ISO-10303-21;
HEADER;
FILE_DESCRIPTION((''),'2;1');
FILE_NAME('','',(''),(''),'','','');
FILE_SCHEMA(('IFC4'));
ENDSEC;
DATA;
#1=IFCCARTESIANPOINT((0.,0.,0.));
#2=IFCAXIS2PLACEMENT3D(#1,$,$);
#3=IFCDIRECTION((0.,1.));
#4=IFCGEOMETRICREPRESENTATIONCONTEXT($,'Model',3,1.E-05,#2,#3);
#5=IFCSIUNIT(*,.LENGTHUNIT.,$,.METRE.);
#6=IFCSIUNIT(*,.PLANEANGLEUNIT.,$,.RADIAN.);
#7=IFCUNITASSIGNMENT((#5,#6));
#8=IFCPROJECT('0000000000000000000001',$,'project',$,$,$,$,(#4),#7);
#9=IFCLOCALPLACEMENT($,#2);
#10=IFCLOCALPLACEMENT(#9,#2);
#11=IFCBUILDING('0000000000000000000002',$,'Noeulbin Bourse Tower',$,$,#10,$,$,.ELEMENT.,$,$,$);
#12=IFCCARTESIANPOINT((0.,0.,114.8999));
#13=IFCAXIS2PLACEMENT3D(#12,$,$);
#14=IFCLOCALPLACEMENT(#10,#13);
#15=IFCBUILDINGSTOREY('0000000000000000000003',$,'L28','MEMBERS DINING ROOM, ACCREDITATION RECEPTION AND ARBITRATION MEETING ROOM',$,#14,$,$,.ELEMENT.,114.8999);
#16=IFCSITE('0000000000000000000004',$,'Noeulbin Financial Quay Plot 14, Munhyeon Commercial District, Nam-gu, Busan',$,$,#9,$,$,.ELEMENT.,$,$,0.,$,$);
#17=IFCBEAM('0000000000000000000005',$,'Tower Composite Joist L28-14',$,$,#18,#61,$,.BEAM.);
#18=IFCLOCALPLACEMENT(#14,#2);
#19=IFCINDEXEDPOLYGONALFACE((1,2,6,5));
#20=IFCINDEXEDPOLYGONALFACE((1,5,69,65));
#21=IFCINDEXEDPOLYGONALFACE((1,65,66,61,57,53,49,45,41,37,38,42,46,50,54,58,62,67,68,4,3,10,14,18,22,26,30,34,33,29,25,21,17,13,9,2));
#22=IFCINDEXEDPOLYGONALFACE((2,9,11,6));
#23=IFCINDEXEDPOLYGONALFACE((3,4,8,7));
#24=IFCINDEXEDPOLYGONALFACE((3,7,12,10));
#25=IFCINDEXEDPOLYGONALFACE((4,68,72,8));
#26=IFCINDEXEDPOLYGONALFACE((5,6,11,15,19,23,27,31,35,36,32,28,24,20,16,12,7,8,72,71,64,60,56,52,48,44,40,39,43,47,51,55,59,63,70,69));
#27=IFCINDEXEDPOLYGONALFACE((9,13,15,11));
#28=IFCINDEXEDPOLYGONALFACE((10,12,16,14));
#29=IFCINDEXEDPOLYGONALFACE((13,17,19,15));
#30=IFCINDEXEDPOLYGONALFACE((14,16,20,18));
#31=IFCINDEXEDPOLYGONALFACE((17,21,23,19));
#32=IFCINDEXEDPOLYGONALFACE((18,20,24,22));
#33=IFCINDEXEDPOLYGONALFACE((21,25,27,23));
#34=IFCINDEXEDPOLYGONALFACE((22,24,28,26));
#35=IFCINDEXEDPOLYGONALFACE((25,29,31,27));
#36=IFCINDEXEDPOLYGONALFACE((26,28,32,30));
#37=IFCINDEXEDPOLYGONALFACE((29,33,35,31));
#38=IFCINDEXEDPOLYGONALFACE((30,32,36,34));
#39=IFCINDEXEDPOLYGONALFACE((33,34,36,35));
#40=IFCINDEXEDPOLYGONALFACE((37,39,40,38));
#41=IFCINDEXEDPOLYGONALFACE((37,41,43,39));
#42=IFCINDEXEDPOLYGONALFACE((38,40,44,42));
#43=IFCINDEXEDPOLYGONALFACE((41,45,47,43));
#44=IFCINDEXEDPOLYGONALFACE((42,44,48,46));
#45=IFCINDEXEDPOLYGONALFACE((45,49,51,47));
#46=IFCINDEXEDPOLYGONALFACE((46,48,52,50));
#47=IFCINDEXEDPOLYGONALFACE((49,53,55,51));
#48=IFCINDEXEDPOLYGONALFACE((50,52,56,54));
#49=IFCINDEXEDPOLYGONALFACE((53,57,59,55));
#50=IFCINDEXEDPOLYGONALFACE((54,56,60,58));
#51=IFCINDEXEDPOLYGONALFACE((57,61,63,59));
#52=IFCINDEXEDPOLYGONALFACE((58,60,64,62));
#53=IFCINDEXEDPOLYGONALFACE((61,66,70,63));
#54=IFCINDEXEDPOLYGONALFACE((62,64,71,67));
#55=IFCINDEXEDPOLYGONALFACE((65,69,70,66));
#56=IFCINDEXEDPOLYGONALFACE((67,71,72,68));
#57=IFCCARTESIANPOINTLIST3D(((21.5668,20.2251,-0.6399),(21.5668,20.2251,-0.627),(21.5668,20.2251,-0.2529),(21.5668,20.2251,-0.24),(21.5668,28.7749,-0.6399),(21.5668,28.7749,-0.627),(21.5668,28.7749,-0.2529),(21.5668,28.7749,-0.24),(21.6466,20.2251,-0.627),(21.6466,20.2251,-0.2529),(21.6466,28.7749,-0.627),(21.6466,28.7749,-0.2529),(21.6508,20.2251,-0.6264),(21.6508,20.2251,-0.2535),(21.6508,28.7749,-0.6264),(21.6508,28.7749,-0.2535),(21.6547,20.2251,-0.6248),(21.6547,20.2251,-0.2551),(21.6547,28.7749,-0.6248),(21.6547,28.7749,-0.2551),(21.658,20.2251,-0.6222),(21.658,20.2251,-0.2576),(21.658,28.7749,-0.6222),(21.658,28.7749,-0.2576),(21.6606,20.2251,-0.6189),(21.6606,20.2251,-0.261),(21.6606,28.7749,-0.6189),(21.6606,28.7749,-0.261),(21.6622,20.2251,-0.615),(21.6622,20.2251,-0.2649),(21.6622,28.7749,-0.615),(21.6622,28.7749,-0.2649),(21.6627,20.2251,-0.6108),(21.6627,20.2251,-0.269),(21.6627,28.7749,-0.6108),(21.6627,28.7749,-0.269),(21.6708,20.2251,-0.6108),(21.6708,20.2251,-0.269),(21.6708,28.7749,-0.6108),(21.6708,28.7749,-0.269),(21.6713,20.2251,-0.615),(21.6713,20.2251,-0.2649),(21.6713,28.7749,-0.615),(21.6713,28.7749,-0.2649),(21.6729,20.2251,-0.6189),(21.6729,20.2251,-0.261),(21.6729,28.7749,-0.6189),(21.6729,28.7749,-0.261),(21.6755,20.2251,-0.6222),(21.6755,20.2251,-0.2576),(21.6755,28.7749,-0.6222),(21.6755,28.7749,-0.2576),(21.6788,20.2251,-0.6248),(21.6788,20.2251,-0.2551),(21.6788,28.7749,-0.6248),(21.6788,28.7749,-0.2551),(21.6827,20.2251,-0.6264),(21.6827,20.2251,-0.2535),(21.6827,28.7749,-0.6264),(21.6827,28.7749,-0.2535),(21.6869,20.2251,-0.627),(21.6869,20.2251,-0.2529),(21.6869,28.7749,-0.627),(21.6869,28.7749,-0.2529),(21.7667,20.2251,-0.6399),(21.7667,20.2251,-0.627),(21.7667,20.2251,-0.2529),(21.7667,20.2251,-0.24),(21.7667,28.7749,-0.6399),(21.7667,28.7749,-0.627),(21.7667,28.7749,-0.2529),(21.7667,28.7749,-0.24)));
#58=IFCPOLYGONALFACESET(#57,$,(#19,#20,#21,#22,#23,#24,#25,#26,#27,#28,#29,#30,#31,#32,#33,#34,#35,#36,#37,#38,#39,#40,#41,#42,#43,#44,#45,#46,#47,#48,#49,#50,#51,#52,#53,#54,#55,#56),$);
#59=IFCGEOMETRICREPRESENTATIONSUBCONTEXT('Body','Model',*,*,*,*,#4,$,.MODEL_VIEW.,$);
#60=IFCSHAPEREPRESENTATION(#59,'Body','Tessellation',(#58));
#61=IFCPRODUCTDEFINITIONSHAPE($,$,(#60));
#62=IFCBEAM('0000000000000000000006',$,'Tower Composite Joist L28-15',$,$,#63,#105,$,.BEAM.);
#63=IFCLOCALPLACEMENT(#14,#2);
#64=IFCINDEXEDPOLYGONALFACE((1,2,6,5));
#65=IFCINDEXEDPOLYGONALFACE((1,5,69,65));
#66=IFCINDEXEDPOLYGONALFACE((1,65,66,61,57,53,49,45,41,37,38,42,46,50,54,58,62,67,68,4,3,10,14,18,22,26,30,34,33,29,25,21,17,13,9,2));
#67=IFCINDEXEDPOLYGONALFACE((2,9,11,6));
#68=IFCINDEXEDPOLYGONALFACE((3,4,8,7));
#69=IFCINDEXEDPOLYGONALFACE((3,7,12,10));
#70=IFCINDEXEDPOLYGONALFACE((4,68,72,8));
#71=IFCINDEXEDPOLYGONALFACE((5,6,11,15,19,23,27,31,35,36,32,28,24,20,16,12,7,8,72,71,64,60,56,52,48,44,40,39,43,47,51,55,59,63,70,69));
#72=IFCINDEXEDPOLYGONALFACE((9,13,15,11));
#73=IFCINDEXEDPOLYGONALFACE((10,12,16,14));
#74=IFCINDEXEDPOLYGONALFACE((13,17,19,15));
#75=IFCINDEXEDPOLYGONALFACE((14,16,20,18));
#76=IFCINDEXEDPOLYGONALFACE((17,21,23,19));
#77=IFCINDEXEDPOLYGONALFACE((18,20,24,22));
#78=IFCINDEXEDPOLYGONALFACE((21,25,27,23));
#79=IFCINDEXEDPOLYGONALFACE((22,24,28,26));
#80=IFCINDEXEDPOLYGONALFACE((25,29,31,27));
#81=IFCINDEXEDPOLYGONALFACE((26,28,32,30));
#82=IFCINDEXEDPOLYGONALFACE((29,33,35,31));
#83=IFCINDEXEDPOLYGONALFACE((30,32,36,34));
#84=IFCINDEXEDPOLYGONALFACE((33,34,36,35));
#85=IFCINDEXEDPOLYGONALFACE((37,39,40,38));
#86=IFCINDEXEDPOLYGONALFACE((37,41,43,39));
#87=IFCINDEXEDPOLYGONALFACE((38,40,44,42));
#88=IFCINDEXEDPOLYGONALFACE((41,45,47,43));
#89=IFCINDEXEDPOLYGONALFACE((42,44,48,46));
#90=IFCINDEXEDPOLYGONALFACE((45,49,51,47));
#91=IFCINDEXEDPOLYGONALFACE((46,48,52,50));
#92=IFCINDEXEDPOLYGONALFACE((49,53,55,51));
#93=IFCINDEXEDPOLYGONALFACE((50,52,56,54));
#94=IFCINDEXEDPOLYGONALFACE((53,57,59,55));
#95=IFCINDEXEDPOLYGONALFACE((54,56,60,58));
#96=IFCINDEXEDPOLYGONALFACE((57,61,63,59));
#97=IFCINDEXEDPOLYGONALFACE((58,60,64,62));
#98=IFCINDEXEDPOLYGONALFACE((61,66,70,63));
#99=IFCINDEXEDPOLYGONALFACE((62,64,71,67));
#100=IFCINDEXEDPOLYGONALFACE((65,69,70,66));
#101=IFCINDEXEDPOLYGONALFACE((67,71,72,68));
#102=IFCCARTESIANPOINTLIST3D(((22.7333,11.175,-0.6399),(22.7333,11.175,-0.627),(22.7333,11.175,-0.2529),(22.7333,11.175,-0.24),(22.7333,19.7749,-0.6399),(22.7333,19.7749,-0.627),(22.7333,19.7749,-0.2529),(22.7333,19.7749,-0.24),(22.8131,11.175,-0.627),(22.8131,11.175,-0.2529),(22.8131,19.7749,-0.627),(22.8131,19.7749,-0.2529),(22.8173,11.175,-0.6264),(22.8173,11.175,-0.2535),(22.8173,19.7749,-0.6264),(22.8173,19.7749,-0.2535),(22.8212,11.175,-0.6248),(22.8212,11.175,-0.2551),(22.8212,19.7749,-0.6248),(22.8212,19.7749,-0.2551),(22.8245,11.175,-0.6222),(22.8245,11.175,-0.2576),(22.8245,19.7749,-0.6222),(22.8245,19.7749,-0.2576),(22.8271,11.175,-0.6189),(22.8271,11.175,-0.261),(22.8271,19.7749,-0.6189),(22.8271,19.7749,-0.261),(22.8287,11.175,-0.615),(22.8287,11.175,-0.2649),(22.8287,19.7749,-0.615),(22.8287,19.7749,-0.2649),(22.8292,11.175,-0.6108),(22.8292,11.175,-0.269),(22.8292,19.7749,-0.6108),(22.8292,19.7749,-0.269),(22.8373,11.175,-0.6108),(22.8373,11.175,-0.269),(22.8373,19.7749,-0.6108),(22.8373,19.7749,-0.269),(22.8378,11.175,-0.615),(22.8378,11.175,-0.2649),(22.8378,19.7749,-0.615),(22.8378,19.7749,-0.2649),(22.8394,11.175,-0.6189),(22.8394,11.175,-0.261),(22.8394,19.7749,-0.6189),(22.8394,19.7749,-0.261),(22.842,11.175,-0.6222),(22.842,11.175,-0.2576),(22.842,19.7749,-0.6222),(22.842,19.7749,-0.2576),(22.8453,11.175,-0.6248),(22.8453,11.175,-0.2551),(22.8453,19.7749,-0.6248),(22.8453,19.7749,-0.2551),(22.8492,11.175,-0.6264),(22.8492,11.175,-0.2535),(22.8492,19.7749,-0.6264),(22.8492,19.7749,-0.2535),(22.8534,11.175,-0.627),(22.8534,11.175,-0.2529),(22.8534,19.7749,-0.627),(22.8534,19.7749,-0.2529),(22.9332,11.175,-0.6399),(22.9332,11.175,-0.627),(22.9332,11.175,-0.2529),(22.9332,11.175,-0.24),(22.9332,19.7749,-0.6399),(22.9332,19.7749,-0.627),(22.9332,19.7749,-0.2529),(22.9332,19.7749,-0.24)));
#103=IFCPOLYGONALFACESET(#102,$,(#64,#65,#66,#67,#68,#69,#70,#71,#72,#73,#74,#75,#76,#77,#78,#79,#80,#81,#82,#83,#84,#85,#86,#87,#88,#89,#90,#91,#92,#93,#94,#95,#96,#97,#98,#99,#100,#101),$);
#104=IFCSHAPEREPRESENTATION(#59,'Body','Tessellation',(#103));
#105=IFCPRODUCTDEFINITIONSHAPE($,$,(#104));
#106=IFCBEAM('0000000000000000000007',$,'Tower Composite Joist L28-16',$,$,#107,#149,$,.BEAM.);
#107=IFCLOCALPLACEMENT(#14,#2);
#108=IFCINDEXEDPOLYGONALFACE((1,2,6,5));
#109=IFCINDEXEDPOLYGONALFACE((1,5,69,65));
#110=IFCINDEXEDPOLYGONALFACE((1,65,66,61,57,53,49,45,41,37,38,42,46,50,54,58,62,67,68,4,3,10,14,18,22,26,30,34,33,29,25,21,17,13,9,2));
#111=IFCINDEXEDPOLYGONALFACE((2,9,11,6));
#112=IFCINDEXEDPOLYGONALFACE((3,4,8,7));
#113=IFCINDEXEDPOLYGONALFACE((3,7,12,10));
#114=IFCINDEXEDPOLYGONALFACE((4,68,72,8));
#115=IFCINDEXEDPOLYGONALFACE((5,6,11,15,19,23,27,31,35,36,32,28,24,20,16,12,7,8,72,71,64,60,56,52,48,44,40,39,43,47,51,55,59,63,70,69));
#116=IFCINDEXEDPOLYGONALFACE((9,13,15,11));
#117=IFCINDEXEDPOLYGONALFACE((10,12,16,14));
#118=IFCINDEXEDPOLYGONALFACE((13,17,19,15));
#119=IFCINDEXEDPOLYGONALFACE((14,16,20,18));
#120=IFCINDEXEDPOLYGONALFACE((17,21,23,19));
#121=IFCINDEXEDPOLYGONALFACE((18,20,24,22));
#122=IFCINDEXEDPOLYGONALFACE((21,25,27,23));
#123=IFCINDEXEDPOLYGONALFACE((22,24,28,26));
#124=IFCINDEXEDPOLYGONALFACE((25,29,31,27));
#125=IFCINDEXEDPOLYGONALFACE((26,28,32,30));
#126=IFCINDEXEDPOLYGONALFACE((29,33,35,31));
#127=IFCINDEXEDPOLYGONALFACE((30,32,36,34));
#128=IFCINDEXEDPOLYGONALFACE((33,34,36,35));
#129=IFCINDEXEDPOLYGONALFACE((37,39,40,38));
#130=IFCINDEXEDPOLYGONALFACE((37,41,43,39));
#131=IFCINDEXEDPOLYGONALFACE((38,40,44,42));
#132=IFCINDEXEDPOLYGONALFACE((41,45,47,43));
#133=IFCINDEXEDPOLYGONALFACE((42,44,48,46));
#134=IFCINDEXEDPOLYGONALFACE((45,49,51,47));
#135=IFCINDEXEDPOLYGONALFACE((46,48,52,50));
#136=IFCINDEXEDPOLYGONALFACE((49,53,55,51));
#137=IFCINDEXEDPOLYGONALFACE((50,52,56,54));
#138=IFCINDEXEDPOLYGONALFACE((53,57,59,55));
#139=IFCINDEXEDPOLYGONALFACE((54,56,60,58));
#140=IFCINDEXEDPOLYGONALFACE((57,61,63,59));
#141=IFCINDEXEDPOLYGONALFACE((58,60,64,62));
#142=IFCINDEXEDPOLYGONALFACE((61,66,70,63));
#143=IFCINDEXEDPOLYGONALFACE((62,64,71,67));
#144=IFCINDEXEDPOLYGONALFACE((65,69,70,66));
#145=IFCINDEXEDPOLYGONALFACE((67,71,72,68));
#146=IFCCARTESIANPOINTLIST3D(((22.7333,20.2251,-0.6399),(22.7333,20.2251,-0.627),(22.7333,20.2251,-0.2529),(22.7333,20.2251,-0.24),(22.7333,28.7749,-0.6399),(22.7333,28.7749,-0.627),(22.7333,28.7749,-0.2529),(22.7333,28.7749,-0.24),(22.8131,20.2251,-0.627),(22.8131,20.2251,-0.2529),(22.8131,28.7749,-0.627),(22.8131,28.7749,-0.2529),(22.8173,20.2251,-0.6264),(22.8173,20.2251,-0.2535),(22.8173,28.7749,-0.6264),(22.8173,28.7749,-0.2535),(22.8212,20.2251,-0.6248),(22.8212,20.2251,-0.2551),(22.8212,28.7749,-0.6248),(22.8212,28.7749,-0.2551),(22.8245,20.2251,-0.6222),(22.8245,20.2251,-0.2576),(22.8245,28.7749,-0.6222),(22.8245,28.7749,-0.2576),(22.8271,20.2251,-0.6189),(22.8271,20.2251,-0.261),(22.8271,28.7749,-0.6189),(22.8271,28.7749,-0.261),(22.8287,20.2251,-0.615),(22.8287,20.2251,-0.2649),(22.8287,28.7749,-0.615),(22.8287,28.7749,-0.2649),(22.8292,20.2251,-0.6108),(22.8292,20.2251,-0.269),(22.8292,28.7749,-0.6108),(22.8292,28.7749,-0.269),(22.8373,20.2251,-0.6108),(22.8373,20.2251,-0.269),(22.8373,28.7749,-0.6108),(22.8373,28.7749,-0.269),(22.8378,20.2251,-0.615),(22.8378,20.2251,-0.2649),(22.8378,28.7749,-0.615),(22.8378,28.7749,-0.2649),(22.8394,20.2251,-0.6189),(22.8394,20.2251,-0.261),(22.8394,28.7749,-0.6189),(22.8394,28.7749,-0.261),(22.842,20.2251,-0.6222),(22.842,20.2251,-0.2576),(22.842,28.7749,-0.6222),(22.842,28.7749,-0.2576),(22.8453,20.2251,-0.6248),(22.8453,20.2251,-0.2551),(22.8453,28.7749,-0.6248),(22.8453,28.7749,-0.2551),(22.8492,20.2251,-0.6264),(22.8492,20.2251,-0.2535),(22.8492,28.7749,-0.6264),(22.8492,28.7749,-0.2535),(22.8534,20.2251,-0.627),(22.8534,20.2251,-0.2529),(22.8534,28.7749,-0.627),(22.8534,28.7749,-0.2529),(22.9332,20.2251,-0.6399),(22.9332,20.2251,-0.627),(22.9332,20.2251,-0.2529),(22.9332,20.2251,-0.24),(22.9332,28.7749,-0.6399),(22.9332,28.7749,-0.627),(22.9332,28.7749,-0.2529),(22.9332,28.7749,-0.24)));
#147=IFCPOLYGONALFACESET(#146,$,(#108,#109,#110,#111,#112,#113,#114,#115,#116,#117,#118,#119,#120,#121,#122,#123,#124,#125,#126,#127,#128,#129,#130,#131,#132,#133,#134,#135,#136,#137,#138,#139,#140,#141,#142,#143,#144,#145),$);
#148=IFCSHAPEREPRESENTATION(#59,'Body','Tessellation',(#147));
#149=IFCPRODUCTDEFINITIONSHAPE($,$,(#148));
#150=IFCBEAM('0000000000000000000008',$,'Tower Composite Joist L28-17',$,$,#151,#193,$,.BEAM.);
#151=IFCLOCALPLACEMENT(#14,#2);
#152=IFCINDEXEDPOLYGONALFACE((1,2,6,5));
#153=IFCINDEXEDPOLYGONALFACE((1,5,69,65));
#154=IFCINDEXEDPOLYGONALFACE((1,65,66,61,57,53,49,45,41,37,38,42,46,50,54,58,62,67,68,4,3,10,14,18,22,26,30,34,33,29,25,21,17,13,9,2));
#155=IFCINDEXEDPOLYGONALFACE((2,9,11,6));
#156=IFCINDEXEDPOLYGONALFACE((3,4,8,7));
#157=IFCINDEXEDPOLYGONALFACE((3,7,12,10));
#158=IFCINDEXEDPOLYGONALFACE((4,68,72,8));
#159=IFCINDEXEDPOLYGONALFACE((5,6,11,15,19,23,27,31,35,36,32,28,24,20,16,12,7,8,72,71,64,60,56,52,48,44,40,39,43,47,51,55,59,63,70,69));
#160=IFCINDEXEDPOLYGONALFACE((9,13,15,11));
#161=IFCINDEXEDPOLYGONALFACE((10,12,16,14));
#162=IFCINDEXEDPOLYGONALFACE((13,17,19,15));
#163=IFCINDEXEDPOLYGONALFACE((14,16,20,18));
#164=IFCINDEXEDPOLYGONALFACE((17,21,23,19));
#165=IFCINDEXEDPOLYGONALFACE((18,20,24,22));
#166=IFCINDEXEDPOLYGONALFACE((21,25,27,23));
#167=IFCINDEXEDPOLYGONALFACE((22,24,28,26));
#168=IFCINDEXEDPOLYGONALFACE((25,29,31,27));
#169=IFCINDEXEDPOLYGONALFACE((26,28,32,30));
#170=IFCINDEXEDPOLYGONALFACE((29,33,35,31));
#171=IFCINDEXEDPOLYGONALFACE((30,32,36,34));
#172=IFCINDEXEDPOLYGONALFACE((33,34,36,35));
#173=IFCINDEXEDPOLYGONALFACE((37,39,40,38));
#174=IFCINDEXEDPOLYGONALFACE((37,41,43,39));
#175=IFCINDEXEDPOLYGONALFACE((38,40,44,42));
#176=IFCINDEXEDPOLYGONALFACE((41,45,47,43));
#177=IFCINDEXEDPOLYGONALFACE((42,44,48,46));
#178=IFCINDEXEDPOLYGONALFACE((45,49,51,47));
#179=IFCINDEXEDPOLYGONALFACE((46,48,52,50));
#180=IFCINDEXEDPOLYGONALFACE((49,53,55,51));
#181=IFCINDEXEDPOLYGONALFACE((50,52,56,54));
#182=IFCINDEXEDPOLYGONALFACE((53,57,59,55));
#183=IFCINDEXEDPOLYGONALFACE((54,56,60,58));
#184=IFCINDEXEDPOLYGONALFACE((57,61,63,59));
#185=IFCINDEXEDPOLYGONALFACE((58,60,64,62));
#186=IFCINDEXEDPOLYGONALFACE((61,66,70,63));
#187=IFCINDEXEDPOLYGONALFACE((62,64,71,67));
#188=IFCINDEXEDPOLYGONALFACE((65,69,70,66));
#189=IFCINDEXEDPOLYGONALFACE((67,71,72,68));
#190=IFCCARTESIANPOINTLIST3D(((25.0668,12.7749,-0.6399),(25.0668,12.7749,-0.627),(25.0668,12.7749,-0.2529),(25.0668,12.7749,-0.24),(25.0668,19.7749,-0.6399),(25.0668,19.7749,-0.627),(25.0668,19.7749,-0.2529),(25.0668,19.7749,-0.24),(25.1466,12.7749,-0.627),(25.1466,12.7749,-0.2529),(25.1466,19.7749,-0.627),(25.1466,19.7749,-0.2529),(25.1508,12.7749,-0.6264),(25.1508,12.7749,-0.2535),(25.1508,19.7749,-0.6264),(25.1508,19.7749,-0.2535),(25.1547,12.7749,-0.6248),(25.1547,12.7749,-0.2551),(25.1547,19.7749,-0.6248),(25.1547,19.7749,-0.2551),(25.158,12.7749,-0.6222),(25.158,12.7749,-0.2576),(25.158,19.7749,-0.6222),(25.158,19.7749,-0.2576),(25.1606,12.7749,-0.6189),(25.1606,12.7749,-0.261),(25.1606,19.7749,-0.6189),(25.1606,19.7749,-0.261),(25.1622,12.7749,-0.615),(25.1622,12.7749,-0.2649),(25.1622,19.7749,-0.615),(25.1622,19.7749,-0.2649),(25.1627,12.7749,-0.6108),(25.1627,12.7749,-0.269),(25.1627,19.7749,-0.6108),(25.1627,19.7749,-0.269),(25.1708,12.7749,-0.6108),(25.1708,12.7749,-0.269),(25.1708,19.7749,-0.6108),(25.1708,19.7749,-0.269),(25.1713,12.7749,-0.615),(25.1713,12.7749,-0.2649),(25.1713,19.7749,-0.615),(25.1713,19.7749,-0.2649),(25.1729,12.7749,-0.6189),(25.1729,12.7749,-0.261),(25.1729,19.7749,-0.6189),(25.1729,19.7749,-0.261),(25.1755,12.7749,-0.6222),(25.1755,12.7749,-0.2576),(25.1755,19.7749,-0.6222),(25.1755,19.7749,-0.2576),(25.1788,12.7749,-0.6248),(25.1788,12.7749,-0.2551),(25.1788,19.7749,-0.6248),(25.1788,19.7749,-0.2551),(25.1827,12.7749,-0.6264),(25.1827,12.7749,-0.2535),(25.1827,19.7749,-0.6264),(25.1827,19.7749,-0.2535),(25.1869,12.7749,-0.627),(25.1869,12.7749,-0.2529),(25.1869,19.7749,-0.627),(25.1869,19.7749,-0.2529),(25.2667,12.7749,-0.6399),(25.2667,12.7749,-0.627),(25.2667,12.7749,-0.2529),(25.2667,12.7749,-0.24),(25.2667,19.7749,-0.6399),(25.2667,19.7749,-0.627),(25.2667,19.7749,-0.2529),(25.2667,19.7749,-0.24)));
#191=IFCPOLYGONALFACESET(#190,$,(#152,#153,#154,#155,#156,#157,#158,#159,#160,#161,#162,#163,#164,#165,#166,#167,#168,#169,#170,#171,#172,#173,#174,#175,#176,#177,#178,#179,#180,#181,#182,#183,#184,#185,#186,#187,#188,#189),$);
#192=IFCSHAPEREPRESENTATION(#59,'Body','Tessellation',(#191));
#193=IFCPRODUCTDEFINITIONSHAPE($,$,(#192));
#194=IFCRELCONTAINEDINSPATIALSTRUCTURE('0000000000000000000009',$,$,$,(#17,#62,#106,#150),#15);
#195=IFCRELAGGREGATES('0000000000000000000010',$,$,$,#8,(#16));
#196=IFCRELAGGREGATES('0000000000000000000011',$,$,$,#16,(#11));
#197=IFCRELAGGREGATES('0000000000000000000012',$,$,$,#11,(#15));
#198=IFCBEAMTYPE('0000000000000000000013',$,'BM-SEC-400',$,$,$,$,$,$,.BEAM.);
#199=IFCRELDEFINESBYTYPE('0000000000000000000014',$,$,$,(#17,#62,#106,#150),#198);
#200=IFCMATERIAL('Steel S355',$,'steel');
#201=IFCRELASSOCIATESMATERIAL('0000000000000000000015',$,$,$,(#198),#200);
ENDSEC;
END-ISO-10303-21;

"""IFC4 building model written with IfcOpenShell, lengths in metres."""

from ifc_helpers import new_model, si_unit, direction, frame, origin, origin_2d, place, context, subcontext, project, spatial, i_section, extrude, material, material_profile, profile_set, type_object, element, save


model = new_model("IFC4")

# Units and contexts
model_context = context("Model", 3, precision=1e-05, world=origin(), true_north=direction((0.0, 1.0)))
body_context = subcontext(model_context, "Body", "Model", "MODEL_VIEW")
ifc_project = project(units=[si_unit("LENGTHUNIT", "METRE"), si_unit("PLANEANGLEUNIT", "RADIAN")], contexts=[model_context])

# Site, building, storey
site_placement = place(None, origin())
site = spatial("IfcSite", under=ifc_project, at=site_placement, Name="Noeulbin Financial Quay Plot 14, Munhyeon Commercial District, Nam-gu, Busan", CompositionType="ELEMENT", RefElevation=0.0)
building_placement = place(site_placement, origin())
building = spatial("IfcBuilding", under=site, at=building_placement, Name="Noeulbin Bourse Tower", CompositionType="ELEMENT")
storey_placement = place(building_placement, frame((0.0, 0.0, 114.8999)))
storey = spatial("IfcBuildingStorey", under=building, at=storey_placement, Name="L28", Description="MEMBERS DINING ROOM, ACCREDITATION RECEPTION AND ARBITRATION MEETING ROOM", CompositionType="ELEMENT", Elevation=114.8999)

# Beams
ifc_material_1 = material(Name="Steel S355", Category="steel")
ifc_material_profile_1 = material_profile(ifc_material_1, i_section(OverallWidth=0.2, OverallDepth=0.3999, WebThickness=0.0081, FlangeThickness=0.0129, FilletRadius=0.0161, at=origin_2d()), Name="H-400x200x8x13", Category="LoadBearing")
ifc_profile_set_1 = profile_set([ifc_material_profile_1], Name="Steel S355")
beam_type_1 = type_object("IfcBeamType", Name="BM-SEC-400", PredefinedType="BEAM", material=ifc_profile_set_1)
for number, where, z_axis, x_axis, name in (
    (1, (21.6667, 20.2251, -0.4399), (0.0, 1.0, 0.0), (-1.0, 0.0, 0.0), "Tower Composite Joist L28-14"),
):
    element("IfcBeam", number, at=place(storey_placement, frame(where, z_axis=z_axis, x_axis=x_axis)), inside=storey, type_object=beam_type_1, Name=name, PredefinedType="BEAM", context=body_context, shape_type="SweptSolid", body=[
        extrude(i_section(OverallWidth=0.2, OverallDepth=0.3999, WebThickness=0.0081, FlangeThickness=0.0129, FilletRadius=0.0161, at=origin_2d()), origin(), (0.0, 0.0, 1.0), 8.5498),
    ])
beam_1_placement = place(storey_placement, frame((22.8333, 11.175, -0.4399), z_axis=(0.0, 1.0, 0.0), x_axis=(-1.0, 0.0, 0.0)))
element("IfcBeam", 2, at=beam_1_placement, inside=storey, type_object=beam_type_1, Name="Tower Composite Joist L28-15", PredefinedType="BEAM", context=body_context, shape_type="SweptSolid", body=[
    extrude(i_section(OverallWidth=0.2, OverallDepth=0.3999, WebThickness=0.0081, FlangeThickness=0.0129, FilletRadius=0.0161, at=origin_2d()), origin(), (0.0, 0.0, 1.0), 8.5999),
])
beam_2_placement = place(storey_placement, frame((22.8333, 20.2251, -0.4399), z_axis=(0.0, 1.0, 0.0), x_axis=(-1.0, 0.0, 0.0)))
element("IfcBeam", 3, at=beam_2_placement, inside=storey, type_object=beam_type_1, Name="Tower Composite Joist L28-16", PredefinedType="BEAM", context=body_context, shape_type="SweptSolid", body=[
    extrude(i_section(OverallWidth=0.2, OverallDepth=0.3999, WebThickness=0.0081, FlangeThickness=0.0129, FilletRadius=0.0161, at=origin_2d()), origin(), (0.0, 0.0, 1.0), 8.5498),
])
beam_3_placement = place(storey_placement, frame((25.1667, 12.7749, -0.4399), z_axis=(0.0, 1.0, 0.0), x_axis=(-1.0, 0.0, 0.0)))
element("IfcBeam", 4, at=beam_3_placement, inside=storey, type_object=beam_type_1, Name="Tower Composite Joist L28-17", PredefinedType="BEAM", context=body_context, shape_type="SweptSolid", body=[
    extrude(i_section(OverallWidth=0.2, OverallDepth=0.3999, WebThickness=0.0081, FlangeThickness=0.0129, FilletRadius=0.0161, at=origin_2d()), origin(), (0.0, 0.0, 1.0), 7.0),
])

save(model, "model.ifc")
